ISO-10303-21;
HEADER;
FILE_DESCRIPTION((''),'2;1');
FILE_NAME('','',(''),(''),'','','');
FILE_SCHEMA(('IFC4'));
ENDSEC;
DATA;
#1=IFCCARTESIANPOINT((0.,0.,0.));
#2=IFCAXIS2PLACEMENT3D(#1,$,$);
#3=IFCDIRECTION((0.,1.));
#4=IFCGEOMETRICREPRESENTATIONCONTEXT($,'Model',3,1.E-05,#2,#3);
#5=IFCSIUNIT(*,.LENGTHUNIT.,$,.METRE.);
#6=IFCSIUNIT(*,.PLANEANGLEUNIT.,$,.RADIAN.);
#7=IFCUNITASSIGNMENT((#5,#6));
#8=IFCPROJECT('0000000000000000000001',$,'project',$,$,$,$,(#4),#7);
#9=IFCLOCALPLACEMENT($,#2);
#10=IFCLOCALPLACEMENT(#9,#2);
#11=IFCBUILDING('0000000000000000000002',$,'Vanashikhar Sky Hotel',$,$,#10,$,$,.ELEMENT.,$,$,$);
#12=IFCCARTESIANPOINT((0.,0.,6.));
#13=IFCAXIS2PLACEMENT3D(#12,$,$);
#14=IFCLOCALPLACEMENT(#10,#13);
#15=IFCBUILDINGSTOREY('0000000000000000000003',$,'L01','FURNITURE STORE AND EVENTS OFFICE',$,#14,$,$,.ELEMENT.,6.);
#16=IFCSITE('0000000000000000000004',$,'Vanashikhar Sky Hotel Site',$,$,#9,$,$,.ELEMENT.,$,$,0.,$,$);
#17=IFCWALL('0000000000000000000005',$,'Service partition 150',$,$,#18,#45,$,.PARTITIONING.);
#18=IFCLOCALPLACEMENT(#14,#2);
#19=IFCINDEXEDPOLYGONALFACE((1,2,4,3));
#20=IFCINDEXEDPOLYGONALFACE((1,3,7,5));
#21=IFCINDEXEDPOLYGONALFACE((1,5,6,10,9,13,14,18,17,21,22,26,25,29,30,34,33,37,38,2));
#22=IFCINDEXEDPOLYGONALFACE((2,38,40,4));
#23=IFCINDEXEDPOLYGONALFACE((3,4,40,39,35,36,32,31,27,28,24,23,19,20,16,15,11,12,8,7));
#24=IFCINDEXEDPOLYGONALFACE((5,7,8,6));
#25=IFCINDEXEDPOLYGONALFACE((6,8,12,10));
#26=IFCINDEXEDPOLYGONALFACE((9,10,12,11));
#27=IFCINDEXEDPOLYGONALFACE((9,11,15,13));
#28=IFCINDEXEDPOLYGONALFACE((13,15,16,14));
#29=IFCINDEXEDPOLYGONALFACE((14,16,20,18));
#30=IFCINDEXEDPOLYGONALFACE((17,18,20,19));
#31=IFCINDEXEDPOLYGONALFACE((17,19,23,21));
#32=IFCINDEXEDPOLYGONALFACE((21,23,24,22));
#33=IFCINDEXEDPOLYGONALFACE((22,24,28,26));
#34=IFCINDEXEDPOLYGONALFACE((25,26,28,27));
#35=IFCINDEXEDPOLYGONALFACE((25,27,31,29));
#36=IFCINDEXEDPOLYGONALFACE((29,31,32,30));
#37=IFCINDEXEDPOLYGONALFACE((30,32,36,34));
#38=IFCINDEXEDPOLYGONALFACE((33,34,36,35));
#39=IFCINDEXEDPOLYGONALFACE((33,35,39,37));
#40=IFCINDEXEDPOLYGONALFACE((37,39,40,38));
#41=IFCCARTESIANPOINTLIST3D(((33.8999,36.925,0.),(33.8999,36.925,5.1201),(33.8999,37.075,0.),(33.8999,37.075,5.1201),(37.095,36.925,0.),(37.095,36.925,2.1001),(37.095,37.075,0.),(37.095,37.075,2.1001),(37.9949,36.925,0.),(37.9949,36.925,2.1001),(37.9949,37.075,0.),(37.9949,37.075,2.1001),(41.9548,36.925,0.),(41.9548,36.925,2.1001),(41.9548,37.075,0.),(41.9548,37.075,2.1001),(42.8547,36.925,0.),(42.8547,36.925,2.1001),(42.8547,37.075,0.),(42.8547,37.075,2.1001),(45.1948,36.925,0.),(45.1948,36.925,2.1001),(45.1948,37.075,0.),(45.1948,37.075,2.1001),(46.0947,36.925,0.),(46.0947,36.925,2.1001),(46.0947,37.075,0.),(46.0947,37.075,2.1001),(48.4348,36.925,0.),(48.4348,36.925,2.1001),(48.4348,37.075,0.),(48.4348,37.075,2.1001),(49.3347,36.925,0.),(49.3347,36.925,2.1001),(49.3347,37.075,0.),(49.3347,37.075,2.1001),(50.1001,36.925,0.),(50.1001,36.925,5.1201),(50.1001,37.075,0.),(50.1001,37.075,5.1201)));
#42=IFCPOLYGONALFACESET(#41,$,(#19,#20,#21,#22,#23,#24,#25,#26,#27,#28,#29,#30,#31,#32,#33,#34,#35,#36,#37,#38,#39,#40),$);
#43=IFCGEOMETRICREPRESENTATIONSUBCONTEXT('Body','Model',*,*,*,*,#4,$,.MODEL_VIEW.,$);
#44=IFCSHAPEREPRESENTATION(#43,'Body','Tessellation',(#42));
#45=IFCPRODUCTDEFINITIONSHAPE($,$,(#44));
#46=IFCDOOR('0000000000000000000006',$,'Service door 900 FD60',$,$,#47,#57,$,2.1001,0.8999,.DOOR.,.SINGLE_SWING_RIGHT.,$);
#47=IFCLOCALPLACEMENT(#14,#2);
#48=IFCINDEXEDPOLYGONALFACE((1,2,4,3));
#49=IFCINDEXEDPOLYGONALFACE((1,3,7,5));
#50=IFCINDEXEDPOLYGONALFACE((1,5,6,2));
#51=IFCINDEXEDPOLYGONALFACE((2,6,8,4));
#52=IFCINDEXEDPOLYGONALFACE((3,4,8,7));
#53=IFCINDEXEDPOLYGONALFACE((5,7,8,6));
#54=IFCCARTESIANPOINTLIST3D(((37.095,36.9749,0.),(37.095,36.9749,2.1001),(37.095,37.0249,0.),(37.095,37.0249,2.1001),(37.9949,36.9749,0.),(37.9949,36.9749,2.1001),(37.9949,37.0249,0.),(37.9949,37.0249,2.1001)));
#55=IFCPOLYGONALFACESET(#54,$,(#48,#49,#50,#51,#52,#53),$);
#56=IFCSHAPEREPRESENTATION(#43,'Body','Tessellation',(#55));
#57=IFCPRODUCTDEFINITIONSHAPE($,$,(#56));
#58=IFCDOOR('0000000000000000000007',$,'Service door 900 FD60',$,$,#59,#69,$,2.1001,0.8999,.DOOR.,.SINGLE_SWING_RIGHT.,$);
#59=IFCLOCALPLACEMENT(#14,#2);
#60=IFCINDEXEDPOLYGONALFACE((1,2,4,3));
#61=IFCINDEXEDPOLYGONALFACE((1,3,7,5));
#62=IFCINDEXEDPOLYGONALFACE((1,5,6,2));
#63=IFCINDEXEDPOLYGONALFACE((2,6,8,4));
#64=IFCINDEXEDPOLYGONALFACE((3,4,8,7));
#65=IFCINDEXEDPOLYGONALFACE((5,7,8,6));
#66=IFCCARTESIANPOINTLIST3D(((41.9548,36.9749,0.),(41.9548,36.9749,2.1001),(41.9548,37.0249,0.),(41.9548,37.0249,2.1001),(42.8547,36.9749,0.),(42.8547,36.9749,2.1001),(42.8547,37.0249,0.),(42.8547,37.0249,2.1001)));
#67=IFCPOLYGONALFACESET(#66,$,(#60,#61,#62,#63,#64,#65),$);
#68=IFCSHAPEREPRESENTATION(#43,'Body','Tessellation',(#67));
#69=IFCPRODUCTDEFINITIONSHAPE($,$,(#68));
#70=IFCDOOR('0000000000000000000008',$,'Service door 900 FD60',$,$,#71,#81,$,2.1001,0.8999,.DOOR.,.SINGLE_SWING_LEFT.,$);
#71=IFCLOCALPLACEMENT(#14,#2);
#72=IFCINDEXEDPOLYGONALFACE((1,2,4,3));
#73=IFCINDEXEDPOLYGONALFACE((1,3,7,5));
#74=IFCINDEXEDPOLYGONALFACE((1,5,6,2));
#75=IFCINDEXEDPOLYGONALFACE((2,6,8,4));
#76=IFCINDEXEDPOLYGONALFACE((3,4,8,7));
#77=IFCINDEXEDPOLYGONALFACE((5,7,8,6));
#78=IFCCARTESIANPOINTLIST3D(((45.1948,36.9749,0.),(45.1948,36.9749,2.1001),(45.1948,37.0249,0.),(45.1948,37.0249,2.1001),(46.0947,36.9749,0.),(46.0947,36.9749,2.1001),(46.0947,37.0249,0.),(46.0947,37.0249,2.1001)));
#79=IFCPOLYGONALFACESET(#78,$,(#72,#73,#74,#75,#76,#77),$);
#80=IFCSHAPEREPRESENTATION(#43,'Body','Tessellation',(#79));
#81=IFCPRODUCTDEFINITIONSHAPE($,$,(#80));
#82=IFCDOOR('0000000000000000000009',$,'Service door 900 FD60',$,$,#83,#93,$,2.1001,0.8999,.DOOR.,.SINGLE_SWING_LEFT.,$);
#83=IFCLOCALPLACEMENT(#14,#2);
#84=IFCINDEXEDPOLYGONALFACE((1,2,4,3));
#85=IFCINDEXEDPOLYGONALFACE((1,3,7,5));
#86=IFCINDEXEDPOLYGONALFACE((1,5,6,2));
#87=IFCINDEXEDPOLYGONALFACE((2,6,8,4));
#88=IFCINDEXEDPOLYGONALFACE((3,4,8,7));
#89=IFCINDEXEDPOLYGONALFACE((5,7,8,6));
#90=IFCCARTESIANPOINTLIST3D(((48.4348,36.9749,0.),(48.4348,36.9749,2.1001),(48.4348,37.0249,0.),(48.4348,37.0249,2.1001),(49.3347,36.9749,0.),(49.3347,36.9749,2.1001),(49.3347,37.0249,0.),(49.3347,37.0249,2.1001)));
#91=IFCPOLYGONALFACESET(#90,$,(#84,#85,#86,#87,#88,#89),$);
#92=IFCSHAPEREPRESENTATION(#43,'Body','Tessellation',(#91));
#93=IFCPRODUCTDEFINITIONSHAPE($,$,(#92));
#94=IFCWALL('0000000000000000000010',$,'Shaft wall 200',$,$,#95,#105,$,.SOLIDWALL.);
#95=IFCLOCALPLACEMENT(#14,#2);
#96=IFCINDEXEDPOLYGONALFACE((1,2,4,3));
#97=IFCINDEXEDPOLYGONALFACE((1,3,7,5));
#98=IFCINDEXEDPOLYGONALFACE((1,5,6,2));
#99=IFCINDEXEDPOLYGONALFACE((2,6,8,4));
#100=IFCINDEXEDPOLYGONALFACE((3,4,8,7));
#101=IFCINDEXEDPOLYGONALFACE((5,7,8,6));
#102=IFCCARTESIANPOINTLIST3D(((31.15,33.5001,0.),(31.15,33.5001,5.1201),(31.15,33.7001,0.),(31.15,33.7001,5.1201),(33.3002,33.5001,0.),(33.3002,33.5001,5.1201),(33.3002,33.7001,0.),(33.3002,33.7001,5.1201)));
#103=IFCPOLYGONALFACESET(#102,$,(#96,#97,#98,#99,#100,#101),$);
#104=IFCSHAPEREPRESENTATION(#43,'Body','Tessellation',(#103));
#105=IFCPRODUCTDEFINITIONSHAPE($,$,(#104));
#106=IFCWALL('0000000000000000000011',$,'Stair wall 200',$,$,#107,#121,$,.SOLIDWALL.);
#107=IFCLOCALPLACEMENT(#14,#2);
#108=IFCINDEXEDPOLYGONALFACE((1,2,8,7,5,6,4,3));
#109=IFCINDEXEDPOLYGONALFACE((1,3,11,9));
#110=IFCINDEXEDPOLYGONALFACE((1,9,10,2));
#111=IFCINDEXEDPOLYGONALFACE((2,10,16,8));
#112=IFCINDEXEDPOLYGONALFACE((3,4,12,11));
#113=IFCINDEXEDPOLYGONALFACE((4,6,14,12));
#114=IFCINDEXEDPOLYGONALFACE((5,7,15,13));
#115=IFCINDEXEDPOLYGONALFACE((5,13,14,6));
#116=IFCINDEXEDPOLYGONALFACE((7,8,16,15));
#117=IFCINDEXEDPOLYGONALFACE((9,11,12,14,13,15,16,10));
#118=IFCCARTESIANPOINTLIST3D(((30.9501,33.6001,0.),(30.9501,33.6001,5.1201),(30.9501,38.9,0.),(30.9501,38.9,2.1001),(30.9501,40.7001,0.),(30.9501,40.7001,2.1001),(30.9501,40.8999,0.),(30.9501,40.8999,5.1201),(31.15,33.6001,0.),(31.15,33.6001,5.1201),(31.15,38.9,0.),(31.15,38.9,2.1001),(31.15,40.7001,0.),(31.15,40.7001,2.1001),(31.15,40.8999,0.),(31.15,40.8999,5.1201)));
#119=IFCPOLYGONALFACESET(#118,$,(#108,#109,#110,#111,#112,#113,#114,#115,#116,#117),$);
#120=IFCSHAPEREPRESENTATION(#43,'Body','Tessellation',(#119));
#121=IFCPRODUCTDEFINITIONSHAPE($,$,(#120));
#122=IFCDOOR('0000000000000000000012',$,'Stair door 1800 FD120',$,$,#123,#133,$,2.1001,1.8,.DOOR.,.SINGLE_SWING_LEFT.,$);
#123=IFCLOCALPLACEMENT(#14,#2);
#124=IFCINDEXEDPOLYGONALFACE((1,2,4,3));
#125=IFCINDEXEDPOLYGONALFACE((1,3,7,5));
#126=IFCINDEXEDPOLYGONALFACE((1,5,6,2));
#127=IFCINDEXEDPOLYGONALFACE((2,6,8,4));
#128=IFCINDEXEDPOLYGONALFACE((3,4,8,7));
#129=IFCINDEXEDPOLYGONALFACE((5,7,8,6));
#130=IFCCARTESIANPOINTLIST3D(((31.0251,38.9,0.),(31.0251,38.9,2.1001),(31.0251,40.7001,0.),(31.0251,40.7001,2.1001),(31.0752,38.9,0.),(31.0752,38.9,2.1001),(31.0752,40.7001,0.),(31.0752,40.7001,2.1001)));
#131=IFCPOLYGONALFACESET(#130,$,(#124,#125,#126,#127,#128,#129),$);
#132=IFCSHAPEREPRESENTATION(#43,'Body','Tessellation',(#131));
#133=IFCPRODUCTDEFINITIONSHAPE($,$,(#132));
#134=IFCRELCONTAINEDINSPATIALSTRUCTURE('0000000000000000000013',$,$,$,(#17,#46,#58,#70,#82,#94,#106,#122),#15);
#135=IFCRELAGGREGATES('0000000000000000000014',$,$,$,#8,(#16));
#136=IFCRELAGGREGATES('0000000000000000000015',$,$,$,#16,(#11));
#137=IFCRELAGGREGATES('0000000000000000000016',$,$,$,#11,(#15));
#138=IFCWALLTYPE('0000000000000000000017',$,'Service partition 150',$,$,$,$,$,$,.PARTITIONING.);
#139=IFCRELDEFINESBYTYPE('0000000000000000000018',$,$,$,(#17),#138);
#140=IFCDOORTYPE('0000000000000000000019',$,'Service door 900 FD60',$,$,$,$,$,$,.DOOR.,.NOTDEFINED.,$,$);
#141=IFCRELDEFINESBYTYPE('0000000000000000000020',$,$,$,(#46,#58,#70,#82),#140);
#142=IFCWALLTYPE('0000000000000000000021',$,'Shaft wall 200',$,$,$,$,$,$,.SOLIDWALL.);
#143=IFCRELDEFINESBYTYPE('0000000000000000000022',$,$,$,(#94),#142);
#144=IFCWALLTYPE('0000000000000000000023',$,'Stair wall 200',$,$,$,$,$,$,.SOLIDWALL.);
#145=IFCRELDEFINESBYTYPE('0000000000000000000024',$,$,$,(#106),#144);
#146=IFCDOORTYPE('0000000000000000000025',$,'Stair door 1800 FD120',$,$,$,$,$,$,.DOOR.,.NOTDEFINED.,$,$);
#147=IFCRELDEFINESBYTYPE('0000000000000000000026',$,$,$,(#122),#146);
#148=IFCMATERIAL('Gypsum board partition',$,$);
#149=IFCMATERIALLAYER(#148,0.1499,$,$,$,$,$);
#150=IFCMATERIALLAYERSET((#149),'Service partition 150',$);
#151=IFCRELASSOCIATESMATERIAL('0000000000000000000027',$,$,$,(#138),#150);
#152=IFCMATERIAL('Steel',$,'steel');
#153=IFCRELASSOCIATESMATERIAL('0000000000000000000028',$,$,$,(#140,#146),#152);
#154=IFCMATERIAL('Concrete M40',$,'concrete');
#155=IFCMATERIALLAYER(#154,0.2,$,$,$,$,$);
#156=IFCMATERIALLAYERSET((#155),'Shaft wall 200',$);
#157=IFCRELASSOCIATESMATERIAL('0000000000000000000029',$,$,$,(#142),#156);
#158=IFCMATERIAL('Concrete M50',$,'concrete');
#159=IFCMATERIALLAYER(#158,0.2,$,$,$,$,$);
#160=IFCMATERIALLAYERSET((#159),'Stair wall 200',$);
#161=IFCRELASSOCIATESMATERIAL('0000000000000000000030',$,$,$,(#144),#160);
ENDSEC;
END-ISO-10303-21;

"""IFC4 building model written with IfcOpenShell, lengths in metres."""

from ifc_helpers import new_model, si_unit, direction, frame, frame_2d, origin, place, context, subcontext, project, spatial, rectangle, extrude, source, transform, mapped, material, layer, layer_set, type_object, element, fill, save


model = new_model("IFC4")

# Units and contexts
model_context = context("Model", 3, precision=1e-05, world=origin(), true_north=direction((0.0, 1.0)))
body_context = subcontext(model_context, "Body", "Model", "MODEL_VIEW")
ifc_project = project(units=[si_unit("LENGTHUNIT", "METRE"), si_unit("PLANEANGLEUNIT", "RADIAN")], contexts=[model_context])

# Site, building, storey
site_placement = place(None, origin())
site = spatial("IfcSite", under=ifc_project, at=site_placement, Name="Vanashikhar Sky Hotel Site", CompositionType="ELEMENT", RefElevation=0.0)
building_placement = place(site_placement, origin())
building = spatial("IfcBuilding", under=site, at=building_placement, Name="Vanashikhar Sky Hotel", CompositionType="ELEMENT")
storey_placement = place(building_placement, frame((0.0, 0.0, 6.0)))
storey = spatial("IfcBuildingStorey", under=building, at=storey_placement, Name="L01", Description="FURNITURE STORE AND EVENTS OFFICE", CompositionType="ELEMENT", Elevation=6.0)

# Shared definitions
ifc_material_1 = material(Name="Concrete M50", Category="concrete")

# Wall, openings, doors
ifc_material_2 = material(Name="Gypsum board partition")
ifc_layer_1 = layer(ifc_material_2, 0.1499)
ifc_layer_set_1 = layer_set([ifc_layer_1], Name="Service partition 150")
wall_type_1 = type_object("IfcWallType", Name="Service partition 150", PredefinedType="PARTITIONING", material=ifc_layer_set_1)
shared_shape_1 = source(origin(), body_context, "Body", "SweptSolid", [
    extrude(rectangle(XDim=0.8999, YDim=2.1001, at=frame_2d((0.45, 1.05))), frame((0.0, 0.085, 0.0), z_axis=(0.0, -1.0, 0.0), x_axis=(1.0, 0.0, 0.0)), (0.0, 0.0, 1.0), 0.1699),
])
ifc_material_3 = material(Name="Steel", Category="steel")
door_type_1 = type_object("IfcDoorType", Name="Service door 900 FD60", OperationType="NOTDEFINED", PredefinedType="DOOR", material=ifc_material_3)
shared_shape_2 = source(origin(), body_context, "Body", "SweptSolid", [
    extrude(rectangle(XDim=0.8999, YDim=2.1001, at=frame_2d((0.45, 1.05))), frame((0.0, 0.0249, 0.0), z_axis=(0.0, -1.0, 0.0), x_axis=(1.0, 0.0, 0.0)), (0.0, 0.0, 1.0), 0.05),
])
shared_shape_3 = source(origin(), body_context, "Body", "SweptSolid", [
    extrude(rectangle(XDim=16.2002, YDim=0.1499, at=frame_2d((8.1001, 0.0))), origin(), (0.0, 0.0, 1.0), 5.1201),
])
wall_1_placement = place(storey_placement, frame((33.8999, 37.0, 0.0), z_axis=(0.0, 0.0, 1.0), x_axis=(1.0, 0.0, 0.0)))
wall_1 = element("IfcWall", 1, at=wall_1_placement, inside=storey, type_object=wall_type_1, Name="Service partition 150", PredefinedType="PARTITIONING", context=body_context, shape_type="MappedRepresentation", body=[
    mapped(shared_shape_3, transform((0.0, 0.0, 0.0), scale=1.0)),
])
opening_1_placement = place(wall_1_placement, frame((3.1951, 0.0, 0.0)))
opening_1 = element("IfcOpeningElement", 2, at=opening_1_placement, cuts=wall_1, PredefinedType="OPENING", context=body_context, shape_type="MappedRepresentation", body=[
    mapped(shared_shape_1, transform((0.0, 0.0, 0.0), scale=1.0)),
])
opening_2_placement = place(wall_1_placement, frame((8.0549, 0.0, 0.0)))
opening_2 = element("IfcOpeningElement", 3, at=opening_2_placement, cuts=wall_1, PredefinedType="OPENING", context=body_context, shape_type="MappedRepresentation", body=[
    mapped(shared_shape_1, transform((0.0, 0.0, 0.0), scale=1.0)),
])
opening_3_placement = place(wall_1_placement, frame((11.2949, 0.0, 0.0)))
opening_3 = element("IfcOpeningElement", 4, at=opening_3_placement, cuts=wall_1, PredefinedType="OPENING", context=body_context, shape_type="MappedRepresentation", body=[
    mapped(shared_shape_1, transform((0.0, 0.0, 0.0), scale=1.0)),
])
opening_4_placement = place(wall_1_placement, frame((14.5349, 0.0, 0.0)))
opening_4 = element("IfcOpeningElement", 5, at=opening_4_placement, cuts=wall_1, PredefinedType="OPENING", context=body_context, shape_type="MappedRepresentation", body=[
    mapped(shared_shape_1, transform((0.0, 0.0, 0.0), scale=1.0)),
])
door_1_placement = place(opening_1_placement, origin())
door_1 = element("IfcDoor", 6, at=door_1_placement, inside=storey, type_object=door_type_1, Name="Service door 900 FD60", OperationType="SINGLE_SWING_RIGHT", OverallHeight=2.1001, OverallWidth=0.8999, PredefinedType="DOOR", context=body_context, shape_type="MappedRepresentation", body=[
    mapped(shared_shape_2, transform((0.0, 0.0, 0.0), scale=1.0)),
])
fill(opening_1, door_1)
door_2_placement = place(opening_2_placement, origin())
door_2 = element("IfcDoor", 7, at=door_2_placement, inside=storey, type_object=door_type_1, Name="Service door 900 FD60", OperationType="SINGLE_SWING_RIGHT", OverallHeight=2.1001, OverallWidth=0.8999, PredefinedType="DOOR", context=body_context, shape_type="MappedRepresentation", body=[
    mapped(shared_shape_2, transform((0.0, 0.0, 0.0), scale=1.0)),
])
fill(opening_2, door_2)
door_3_placement = place(opening_3_placement, origin())
door_3 = element("IfcDoor", 8, at=door_3_placement, inside=storey, type_object=door_type_1, Name="Service door 900 FD60", OperationType="SINGLE_SWING_LEFT", OverallHeight=2.1001, OverallWidth=0.8999, PredefinedType="DOOR", context=body_context, shape_type="MappedRepresentation", body=[
    mapped(shared_shape_2, transform((0.0, 0.0, 0.0), scale=1.0)),
])
fill(opening_3, door_3)
door_4_placement = place(opening_4_placement, origin())
door_4 = element("IfcDoor", 9, at=door_4_placement, inside=storey, type_object=door_type_1, Name="Service door 900 FD60", OperationType="SINGLE_SWING_LEFT", OverallHeight=2.1001, OverallWidth=0.8999, PredefinedType="DOOR", context=body_context, shape_type="MappedRepresentation", body=[
    mapped(shared_shape_2, transform((0.0, 0.0, 0.0), scale=1.0)),
])
fill(opening_4, door_4)

# Wall
ifc_material_4 = material(Name="Concrete M40", Category="concrete")
ifc_layer_2 = layer(ifc_material_4, 0.2)
ifc_layer_set_2 = layer_set([ifc_layer_2], Name="Shaft wall 200")
wall_type_2 = type_object("IfcWallType", Name="Shaft wall 200", PredefinedType="SOLIDWALL", material=ifc_layer_set_2)
shared_shape_4 = source(origin(), body_context, "Body", "SweptSolid", [
    extrude(rectangle(XDim=2.1501, YDim=0.2, at=frame_2d((1.0752, 0.0))), origin(), (0.0, 0.0, 1.0), 5.1201),
])
wall_2_placement = place(storey_placement, frame((31.1499, 33.6001, 0.0), z_axis=(0.0, 0.0, 1.0), x_axis=(1.0, 0.0, 0.0)))
element("IfcWall", 10, at=wall_2_placement, inside=storey, type_object=wall_type_2, Name="Shaft wall 200", PredefinedType="SOLIDWALL", context=body_context, shape_type="MappedRepresentation", body=[
    mapped(shared_shape_4, transform((0.0, 0.0, 0.0), scale=1.0)),
])

# Wall, opening, door
ifc_layer_3 = layer(ifc_material_1, 0.2)
ifc_layer_set_3 = layer_set([ifc_layer_3], Name="Stair wall 200")
wall_type_3 = type_object("IfcWallType", Name="Stair wall 200", PredefinedType="SOLIDWALL", material=ifc_layer_set_3)
shared_shape_5 = source(origin(), body_context, "Body", "SweptSolid", [
    extrude(rectangle(XDim=7.2998, YDim=0.2, at=frame_2d((3.6499, 0.0))), origin(), (0.0, 0.0, 1.0), 5.1201),
])
wall_3_placement = place(storey_placement, frame((31.05, 33.6001, 0.0), z_axis=(0.0, 0.0, 1.0), x_axis=(0.0, 1.0, 0.0)))
wall_3 = element("IfcWall", 11, at=wall_3_placement, inside=storey, type_object=wall_type_3, Name="Stair wall 200", PredefinedType="SOLIDWALL", context=body_context, shape_type="MappedRepresentation", body=[
    mapped(shared_shape_5, transform((0.0, 0.0, 0.0), scale=1.0)),
])
shared_shape_6 = source(origin(), body_context, "Body", "SweptSolid", [
    extrude(rectangle(XDim=1.8, YDim=2.1001, at=frame_2d((0.8999, 1.05))), frame((0.0, 0.1099, 0.0), z_axis=(0.0, -1.0, 0.0), x_axis=(1.0, 0.0, 0.0)), (0.0, 0.0, 1.0), 0.22),
])
opening_5_placement = place(wall_3_placement, frame((5.3, 0.0, 0.0)))
opening_5 = element("IfcOpeningElement", 12, at=opening_5_placement, cuts=wall_3, PredefinedType="OPENING", context=body_context, shape_type="MappedRepresentation", body=[
    mapped(shared_shape_6, transform((0.0, 0.0, 0.0), scale=1.0)),
])
door_type_2 = type_object("IfcDoorType", Name="Stair door 1800 FD120", OperationType="NOTDEFINED", PredefinedType="DOOR", material=ifc_material_3)
shared_shape_7 = source(origin(), body_context, "Body", "SweptSolid", [
    extrude(rectangle(XDim=1.8, YDim=2.1001, at=frame_2d((0.8999, 1.05))), frame((0.0, 0.0249, 0.0), z_axis=(0.0, -1.0, 0.0), x_axis=(1.0, 0.0, 0.0)), (0.0, 0.0, 1.0), 0.05),
])
door_5_placement = place(opening_5_placement, origin())
door_5 = element("IfcDoor", 13, at=door_5_placement, inside=storey, type_object=door_type_2, Name="Stair door 1800 FD120", OperationType="SINGLE_SWING_LEFT", OverallHeight=2.1001, OverallWidth=1.8, PredefinedType="DOOR", context=body_context, shape_type="MappedRepresentation", body=[
    mapped(shared_shape_7, transform((0.0, 0.0, 0.0), scale=1.0)),
])
fill(opening_5, door_5)

save(model, "model.ifc")
